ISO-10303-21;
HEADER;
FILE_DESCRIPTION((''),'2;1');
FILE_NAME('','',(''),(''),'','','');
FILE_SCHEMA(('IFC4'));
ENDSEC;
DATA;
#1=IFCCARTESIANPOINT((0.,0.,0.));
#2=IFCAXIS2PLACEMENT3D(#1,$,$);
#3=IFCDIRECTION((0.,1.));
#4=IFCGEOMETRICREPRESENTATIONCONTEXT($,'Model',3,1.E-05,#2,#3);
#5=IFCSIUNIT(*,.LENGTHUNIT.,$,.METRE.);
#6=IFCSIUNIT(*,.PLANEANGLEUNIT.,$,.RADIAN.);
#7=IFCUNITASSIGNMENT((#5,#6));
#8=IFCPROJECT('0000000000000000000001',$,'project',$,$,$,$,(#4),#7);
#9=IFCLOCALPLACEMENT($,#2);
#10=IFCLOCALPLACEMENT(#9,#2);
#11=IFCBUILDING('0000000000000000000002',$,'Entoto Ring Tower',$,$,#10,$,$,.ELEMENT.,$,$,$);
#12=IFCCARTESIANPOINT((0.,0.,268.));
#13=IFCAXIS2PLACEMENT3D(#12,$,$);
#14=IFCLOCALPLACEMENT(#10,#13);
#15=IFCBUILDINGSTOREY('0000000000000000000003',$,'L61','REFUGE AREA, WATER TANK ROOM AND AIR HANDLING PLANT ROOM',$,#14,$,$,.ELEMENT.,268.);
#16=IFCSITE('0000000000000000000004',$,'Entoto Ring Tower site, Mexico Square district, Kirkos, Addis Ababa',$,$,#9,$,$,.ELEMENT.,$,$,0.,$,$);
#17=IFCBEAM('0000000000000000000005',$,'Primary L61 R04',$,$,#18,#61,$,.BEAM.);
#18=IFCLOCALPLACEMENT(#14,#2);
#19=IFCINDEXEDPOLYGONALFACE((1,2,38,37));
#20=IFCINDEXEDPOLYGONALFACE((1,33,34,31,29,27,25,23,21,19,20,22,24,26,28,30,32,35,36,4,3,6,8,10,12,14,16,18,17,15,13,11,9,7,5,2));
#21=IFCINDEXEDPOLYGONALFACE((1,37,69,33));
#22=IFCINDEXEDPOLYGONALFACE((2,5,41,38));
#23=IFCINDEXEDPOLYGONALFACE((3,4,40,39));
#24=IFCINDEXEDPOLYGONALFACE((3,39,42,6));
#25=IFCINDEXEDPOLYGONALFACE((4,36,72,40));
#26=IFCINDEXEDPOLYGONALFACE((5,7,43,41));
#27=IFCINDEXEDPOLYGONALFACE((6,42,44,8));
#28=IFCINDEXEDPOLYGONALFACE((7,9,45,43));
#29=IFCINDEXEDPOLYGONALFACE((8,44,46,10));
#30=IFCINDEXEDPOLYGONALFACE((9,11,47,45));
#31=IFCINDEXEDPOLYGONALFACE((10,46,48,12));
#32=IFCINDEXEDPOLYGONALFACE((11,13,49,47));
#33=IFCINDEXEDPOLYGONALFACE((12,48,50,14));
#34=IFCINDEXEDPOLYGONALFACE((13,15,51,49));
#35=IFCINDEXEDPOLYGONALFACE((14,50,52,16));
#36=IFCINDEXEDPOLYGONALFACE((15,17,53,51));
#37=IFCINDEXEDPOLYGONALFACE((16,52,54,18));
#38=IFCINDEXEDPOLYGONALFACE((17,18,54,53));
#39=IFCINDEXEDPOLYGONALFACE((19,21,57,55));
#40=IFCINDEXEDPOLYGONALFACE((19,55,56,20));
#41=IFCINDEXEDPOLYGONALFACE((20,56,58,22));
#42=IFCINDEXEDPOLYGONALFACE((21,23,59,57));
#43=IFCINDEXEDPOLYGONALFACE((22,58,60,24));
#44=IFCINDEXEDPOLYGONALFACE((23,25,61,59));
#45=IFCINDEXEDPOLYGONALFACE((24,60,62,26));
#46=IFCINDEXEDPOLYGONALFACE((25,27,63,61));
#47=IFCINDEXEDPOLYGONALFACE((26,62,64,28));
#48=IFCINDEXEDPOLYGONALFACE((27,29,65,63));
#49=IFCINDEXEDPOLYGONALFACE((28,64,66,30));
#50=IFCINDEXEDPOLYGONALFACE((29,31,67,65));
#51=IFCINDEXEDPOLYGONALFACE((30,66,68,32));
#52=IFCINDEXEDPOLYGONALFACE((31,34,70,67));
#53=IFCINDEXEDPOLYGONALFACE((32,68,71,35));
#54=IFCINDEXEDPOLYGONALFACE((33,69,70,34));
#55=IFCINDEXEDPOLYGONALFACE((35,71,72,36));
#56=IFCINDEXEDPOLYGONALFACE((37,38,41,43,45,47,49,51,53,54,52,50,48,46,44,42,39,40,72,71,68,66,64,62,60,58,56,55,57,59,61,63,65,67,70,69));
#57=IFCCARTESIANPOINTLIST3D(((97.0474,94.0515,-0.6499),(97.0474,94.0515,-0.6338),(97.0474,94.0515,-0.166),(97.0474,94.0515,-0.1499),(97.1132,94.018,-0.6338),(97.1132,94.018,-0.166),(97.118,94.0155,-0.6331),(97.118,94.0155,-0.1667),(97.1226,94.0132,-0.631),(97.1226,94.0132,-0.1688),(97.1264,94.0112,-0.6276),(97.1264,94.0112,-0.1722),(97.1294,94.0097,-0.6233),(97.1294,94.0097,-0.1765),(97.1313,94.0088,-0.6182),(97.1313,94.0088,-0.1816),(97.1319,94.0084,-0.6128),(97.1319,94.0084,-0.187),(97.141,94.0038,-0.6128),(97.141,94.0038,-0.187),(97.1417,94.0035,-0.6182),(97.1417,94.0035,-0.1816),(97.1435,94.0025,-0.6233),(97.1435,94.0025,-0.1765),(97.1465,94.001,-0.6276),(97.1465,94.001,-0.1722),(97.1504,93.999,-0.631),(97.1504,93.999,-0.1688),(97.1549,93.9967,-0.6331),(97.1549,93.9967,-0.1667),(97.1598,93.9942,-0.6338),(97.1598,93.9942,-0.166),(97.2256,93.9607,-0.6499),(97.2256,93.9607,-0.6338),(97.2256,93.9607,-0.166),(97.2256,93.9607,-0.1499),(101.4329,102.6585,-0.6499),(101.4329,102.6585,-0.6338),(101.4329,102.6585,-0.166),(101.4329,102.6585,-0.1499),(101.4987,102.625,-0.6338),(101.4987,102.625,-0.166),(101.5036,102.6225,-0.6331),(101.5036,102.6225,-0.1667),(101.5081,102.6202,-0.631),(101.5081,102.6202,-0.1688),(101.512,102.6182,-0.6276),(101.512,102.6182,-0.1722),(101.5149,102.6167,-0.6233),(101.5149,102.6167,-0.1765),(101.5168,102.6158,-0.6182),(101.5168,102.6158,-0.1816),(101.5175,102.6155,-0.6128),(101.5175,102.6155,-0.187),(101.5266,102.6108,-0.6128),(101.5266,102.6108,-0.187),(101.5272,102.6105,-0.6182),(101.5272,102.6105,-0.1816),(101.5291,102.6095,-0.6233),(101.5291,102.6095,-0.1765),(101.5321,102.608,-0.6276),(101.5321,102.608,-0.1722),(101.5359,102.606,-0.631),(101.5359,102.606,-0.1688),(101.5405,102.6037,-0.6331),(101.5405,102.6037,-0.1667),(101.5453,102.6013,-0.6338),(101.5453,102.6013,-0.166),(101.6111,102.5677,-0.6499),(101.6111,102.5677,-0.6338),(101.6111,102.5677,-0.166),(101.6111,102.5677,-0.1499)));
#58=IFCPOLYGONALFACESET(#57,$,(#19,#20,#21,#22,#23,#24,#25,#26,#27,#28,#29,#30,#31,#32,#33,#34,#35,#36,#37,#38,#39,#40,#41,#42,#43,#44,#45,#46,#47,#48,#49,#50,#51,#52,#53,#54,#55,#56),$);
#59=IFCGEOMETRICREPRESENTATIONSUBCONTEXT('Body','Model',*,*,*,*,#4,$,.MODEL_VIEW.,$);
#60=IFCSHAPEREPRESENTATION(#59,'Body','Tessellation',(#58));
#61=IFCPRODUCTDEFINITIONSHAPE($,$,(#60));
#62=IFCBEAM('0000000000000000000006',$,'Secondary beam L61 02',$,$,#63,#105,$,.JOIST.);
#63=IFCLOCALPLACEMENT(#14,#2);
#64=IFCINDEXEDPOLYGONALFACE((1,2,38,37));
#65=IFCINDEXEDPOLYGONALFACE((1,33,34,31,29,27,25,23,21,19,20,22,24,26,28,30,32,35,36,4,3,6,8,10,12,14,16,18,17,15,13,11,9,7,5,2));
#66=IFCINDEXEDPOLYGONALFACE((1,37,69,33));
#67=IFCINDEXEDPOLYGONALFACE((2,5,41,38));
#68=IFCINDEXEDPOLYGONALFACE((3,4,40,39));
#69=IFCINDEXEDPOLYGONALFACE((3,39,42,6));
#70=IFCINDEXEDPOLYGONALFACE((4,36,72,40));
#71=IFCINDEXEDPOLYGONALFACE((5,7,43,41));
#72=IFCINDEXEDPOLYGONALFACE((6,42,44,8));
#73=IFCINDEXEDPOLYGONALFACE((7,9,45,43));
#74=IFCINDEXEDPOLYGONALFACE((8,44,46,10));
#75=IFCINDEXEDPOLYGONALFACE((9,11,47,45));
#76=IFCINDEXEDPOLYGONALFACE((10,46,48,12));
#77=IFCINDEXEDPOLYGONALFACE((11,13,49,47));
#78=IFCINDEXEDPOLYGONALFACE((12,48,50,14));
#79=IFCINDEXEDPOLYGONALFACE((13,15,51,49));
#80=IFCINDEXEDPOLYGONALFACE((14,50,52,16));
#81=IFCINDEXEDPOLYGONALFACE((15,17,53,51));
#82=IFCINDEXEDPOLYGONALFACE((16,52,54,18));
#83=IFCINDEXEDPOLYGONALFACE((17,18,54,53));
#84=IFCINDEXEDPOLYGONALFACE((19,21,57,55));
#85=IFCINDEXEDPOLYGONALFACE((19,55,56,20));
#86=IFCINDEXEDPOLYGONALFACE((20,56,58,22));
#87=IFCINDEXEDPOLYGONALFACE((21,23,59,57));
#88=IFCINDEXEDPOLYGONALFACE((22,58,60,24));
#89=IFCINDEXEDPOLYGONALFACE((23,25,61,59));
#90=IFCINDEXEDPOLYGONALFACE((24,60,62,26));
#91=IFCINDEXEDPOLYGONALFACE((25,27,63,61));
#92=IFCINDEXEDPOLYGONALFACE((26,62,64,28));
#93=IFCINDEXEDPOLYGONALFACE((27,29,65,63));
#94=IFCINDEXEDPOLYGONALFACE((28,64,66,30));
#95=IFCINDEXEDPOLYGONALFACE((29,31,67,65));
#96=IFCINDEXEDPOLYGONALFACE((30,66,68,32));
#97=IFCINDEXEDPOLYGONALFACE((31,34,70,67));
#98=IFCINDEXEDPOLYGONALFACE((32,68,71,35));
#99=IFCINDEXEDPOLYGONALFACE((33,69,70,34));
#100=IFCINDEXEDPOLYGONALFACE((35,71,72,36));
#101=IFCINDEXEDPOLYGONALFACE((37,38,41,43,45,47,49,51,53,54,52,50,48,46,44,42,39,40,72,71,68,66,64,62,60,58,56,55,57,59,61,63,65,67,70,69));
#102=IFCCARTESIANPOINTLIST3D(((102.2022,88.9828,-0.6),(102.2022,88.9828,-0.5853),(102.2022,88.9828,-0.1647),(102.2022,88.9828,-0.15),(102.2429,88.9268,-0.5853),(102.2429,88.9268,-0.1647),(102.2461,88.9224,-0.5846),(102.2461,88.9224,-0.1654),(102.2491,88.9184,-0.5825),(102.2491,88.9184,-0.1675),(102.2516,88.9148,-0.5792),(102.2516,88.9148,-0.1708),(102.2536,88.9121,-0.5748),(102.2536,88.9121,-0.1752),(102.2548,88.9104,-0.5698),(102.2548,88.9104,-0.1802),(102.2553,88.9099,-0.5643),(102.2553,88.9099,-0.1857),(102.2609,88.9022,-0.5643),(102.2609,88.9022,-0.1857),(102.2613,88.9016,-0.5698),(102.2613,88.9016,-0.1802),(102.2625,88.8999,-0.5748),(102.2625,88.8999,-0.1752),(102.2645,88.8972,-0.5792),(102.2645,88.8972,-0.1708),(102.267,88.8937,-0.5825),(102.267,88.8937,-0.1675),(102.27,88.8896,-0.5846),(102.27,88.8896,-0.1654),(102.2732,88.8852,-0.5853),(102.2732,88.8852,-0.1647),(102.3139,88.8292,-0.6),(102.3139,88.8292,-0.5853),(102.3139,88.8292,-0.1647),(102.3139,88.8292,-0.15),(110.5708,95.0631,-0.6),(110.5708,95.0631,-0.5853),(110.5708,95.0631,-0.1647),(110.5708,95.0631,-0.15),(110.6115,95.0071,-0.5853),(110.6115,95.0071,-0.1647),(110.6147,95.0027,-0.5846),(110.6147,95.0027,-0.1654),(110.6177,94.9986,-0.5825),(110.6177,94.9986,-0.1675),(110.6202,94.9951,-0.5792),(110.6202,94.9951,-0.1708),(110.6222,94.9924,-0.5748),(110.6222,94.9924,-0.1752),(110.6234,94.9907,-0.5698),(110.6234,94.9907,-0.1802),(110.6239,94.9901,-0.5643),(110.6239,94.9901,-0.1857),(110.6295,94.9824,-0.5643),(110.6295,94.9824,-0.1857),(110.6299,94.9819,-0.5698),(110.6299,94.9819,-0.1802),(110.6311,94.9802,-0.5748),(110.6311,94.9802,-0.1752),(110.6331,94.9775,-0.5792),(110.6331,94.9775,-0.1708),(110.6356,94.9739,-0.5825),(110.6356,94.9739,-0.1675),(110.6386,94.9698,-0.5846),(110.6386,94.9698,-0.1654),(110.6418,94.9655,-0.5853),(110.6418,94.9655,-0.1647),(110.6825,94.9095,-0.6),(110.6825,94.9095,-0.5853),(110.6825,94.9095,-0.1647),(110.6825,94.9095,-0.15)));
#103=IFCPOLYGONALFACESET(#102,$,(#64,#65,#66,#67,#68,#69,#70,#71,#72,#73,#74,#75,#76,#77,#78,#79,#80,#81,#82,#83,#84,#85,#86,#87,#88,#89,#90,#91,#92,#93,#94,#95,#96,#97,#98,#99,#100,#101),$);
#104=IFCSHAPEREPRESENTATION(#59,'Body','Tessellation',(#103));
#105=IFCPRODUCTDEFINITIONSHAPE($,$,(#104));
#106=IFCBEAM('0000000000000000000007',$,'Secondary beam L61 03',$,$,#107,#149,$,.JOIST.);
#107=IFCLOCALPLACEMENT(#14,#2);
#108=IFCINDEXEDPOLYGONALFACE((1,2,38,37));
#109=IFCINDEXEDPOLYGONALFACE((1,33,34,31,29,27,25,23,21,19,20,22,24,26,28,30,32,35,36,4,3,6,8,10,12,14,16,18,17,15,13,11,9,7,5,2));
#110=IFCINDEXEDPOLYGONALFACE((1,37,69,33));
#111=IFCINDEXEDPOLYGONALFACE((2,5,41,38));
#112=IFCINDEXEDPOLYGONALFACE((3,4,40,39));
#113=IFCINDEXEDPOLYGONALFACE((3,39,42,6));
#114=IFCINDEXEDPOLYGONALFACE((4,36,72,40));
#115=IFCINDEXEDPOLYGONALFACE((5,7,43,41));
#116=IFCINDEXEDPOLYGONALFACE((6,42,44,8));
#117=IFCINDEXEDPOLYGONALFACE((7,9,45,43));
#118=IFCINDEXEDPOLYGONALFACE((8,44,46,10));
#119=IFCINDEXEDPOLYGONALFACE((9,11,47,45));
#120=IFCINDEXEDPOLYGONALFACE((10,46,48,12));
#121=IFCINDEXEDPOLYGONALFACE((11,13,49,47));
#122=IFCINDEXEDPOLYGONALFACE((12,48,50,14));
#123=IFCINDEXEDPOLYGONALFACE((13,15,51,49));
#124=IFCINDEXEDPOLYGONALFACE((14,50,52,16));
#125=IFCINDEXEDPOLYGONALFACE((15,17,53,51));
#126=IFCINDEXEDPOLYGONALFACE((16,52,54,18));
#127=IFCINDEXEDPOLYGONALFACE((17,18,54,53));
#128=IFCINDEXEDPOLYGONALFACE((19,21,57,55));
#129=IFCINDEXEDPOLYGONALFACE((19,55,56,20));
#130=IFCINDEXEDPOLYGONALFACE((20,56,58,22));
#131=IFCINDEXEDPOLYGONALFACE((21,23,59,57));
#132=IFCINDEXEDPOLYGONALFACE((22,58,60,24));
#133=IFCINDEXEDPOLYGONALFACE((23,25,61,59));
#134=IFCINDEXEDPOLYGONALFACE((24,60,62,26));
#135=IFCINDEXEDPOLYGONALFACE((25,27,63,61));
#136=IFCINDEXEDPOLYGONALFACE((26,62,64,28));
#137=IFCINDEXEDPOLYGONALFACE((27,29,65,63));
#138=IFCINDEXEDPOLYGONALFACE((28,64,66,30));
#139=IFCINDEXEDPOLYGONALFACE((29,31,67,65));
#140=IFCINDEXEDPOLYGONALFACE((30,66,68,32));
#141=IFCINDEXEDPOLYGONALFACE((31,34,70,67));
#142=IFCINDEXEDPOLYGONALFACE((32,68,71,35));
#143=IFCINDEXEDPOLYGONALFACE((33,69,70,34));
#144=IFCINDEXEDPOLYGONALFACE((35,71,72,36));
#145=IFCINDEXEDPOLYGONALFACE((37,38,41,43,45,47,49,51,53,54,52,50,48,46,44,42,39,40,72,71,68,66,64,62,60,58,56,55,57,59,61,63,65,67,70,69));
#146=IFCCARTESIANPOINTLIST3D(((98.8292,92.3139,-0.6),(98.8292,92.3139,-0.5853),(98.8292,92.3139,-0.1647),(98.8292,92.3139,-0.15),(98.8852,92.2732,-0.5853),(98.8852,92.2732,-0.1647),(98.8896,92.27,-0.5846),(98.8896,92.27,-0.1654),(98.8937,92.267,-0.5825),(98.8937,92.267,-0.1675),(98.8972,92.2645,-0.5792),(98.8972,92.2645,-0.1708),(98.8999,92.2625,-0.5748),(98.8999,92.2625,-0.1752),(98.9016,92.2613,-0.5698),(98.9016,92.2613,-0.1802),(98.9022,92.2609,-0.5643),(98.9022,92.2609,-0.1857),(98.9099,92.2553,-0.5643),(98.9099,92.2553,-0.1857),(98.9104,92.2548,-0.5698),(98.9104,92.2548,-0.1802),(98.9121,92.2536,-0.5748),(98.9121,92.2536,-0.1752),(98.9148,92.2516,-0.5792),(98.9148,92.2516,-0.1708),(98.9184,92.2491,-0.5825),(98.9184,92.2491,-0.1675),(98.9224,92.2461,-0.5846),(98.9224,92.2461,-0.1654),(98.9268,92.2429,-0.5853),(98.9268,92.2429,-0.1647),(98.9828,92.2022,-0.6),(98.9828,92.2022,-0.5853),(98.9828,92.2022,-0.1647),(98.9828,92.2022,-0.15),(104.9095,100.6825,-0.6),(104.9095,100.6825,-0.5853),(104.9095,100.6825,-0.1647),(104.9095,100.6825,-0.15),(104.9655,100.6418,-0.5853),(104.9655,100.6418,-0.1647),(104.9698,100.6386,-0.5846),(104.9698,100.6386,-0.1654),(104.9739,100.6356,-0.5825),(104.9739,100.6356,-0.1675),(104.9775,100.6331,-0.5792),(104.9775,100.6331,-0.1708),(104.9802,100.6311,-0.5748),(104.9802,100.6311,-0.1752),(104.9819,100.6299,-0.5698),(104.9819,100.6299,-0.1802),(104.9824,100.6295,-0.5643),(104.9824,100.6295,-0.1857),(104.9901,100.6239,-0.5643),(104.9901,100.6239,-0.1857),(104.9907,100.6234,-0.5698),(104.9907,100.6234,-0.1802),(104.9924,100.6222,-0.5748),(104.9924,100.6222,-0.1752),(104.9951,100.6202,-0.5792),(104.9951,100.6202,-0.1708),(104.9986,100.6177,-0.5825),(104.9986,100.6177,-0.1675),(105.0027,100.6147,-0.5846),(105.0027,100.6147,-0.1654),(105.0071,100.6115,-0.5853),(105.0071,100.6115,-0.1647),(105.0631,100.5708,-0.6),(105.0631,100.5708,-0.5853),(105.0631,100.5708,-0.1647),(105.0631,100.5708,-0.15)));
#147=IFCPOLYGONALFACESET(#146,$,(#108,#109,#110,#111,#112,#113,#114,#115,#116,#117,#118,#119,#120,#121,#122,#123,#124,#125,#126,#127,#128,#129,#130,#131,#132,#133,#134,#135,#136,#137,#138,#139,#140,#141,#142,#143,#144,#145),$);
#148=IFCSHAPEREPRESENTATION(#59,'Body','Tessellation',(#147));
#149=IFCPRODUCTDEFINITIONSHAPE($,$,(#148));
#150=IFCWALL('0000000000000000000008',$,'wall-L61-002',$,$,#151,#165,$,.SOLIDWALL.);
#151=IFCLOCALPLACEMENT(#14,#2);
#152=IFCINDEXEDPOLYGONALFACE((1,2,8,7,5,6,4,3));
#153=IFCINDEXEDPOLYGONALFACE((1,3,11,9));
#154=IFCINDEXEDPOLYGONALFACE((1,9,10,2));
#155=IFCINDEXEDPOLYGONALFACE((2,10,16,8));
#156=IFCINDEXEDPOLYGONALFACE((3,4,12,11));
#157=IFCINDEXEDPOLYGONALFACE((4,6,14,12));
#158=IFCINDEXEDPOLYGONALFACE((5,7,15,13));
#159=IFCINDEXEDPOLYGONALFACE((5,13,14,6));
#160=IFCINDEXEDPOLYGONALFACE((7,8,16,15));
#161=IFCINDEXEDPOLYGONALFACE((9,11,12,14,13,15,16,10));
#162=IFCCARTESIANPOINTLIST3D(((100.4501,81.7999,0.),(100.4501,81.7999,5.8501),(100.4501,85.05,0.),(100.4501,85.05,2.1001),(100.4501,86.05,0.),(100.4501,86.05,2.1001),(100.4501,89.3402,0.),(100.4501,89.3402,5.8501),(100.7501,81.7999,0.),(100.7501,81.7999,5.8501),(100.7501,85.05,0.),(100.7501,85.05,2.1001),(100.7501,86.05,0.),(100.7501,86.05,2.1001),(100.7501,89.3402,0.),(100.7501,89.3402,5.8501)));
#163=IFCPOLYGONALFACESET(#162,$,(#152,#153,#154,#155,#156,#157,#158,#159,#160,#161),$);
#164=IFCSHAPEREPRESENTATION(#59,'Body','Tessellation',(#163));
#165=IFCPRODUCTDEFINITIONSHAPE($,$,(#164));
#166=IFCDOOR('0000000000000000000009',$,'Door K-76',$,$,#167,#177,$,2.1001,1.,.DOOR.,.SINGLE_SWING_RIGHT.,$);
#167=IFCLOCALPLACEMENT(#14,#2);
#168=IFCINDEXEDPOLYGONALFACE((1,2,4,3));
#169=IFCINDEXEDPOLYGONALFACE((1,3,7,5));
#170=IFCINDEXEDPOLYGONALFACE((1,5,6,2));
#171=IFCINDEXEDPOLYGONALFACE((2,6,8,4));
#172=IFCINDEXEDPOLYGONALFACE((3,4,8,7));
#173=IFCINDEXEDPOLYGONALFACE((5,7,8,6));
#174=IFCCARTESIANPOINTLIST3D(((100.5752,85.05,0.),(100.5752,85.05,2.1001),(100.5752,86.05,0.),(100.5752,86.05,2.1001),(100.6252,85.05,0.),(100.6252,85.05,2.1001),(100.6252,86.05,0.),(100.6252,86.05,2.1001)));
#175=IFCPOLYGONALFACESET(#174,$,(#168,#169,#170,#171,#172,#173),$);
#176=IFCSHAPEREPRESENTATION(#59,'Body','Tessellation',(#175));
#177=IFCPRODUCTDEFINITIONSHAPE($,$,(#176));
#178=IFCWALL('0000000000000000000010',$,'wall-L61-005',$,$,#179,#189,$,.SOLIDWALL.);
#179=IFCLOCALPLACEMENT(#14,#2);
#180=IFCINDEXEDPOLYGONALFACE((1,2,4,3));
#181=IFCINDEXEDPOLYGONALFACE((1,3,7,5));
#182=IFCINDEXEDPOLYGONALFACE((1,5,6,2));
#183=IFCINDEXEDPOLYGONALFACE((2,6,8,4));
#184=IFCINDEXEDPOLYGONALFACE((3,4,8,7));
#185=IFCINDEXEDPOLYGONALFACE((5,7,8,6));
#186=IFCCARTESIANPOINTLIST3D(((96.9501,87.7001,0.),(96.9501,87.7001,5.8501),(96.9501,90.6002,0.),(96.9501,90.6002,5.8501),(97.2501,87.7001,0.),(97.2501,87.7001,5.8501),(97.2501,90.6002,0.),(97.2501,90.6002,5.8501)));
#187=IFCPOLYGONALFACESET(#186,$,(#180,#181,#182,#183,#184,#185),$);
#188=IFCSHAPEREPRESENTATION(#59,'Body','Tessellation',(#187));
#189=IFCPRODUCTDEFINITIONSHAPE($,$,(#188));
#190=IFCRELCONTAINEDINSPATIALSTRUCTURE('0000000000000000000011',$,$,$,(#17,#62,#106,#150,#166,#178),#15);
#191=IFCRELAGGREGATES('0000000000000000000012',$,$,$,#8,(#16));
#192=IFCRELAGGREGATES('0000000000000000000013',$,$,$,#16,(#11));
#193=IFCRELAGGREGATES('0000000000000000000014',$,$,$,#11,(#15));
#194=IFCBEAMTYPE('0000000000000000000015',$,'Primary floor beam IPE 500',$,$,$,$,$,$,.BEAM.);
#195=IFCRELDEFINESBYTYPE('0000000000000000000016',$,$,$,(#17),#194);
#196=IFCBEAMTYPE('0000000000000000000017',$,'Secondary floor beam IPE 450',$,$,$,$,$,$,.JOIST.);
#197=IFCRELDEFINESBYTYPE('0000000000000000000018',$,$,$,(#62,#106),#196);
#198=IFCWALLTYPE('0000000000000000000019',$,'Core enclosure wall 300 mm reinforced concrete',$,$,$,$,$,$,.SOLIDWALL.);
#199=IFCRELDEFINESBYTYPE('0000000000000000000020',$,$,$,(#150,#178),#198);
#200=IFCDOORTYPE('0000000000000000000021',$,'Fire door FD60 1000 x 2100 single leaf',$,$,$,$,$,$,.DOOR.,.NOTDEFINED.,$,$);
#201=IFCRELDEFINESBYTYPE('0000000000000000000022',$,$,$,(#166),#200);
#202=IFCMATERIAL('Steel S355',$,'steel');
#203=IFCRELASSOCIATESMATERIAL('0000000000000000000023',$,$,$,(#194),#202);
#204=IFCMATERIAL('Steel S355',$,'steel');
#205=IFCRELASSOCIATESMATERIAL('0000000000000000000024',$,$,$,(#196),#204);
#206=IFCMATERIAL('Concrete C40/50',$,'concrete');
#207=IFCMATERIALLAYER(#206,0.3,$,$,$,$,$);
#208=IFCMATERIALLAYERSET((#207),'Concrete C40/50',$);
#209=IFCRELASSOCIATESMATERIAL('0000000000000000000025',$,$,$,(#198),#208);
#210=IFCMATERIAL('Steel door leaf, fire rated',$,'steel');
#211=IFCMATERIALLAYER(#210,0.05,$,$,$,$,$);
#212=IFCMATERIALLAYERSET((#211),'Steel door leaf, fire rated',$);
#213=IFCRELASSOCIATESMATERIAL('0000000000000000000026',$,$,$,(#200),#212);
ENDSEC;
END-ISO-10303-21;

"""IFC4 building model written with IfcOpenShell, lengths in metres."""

from ifc_helpers import new_model, si_unit, direction, frame, frame_2d, origin, origin_2d, place, context, subcontext, project, spatial, rectangle, i_section, extrude, material, layer, layer_set, material_profile, profile_set, type_object, element, fill, save


model = new_model("IFC4")

# Units and contexts
model_context = context("Model", 3, precision=1e-05, world=origin(), true_north=direction((0.0, 1.0)))
body_context = subcontext(model_context, "Body", "Model", "MODEL_VIEW")
ifc_project = project(units=[si_unit("LENGTHUNIT", "METRE"), si_unit("PLANEANGLEUNIT", "RADIAN")], contexts=[model_context])

# Site, building, storey
site_placement = place(None, origin())
site = spatial("IfcSite", under=ifc_project, at=site_placement, Name="Entoto Ring Tower site, Mexico Square district, Kirkos, Addis Ababa", CompositionType="ELEMENT", RefElevation=0.0)
building_placement = place(site_placement, origin())
building = spatial("IfcBuilding", under=site, at=building_placement, Name="Entoto Ring Tower", CompositionType="ELEMENT")
storey_placement = place(building_placement, frame((0.0, 0.0, 268.0)))
storey = spatial("IfcBuildingStorey", under=building, at=storey_placement, Name="L61", Description="REFUGE AREA, WATER TANK ROOM AND AIR HANDLING PLANT ROOM", CompositionType="ELEMENT", Elevation=268.0)

# Beams
ifc_material_1 = material(Name="Steel S355", Category="steel")
ifc_material_profile_1 = material_profile(ifc_material_1, i_section(OverallWidth=0.2, OverallDepth=0.5, WebThickness=0.0103, FlangeThickness=0.0161, FilletRadius=0.021, at=origin_2d()), Name="IPE 500")
ifc_profile_set_1 = profile_set([ifc_material_profile_1], Name="Steel S355")
beam_type_1 = type_object("IfcBeamType", Name="Primary floor beam IPE 500", PredefinedType="BEAM", material=ifc_profile_set_1)
beam_1_placement = place(storey_placement, frame((97.1365, 94.0061, -0.3999), z_axis=(0.453994, 0.891005, 0.0), x_axis=(-0.891005, 0.453994, 0.0)))
element("IfcBeam", 1, at=beam_1_placement, inside=storey, type_object=beam_type_1, Name="Primary L61 R04", PredefinedType="BEAM", context=body_context, shape_type="SweptSolid", body=[
    extrude(i_section(OverallWidth=0.2, OverallDepth=0.5, WebThickness=0.0103, FlangeThickness=0.0161, FilletRadius=0.021, at=origin_2d()), origin(), (0.0, 0.0, 1.0), 9.6599),
])
ifc_material_2 = material(Name="Steel S355", Category="steel")
ifc_material_profile_2 = material_profile(ifc_material_2, i_section(OverallWidth=0.1899, OverallDepth=0.45, WebThickness=0.0095, FlangeThickness=0.0146, FilletRadius=0.021, at=origin_2d()), Name="IPE 450")
ifc_profile_set_2 = profile_set([ifc_material_profile_2], Name="Steel S355")
beam_type_2 = type_object("IfcBeamType", Name="Secondary floor beam IPE 450", PredefinedType="JOIST", material=ifc_profile_set_2)
for number, where, z_axis, x_axis, name in (
    (2, (102.2581, 88.906, -0.375), (0.809011, 0.587794, 0.0), (-0.587794, 0.809011, 0.0), "Secondary beam L61 02"),
    (3, (98.906, 92.2581, -0.375), (0.587794, 0.809011, 0.0), (-0.809011, 0.587794, 0.0), "Secondary beam L61 03"),
):
    element("IfcBeam", number, at=place(storey_placement, frame(where, z_axis=z_axis, x_axis=x_axis)), inside=storey, type_object=beam_type_2, Name=name, PredefinedType="JOIST", context=body_context, shape_type="SweptSolid", body=[
        extrude(i_section(OverallWidth=0.1899, OverallDepth=0.45, WebThickness=0.0095, FlangeThickness=0.0146, FilletRadius=0.021, at=origin_2d()), origin(), (0.0, 0.0, 1.0), 10.3442),
    ])

# Wall, opening, door
ifc_material_3 = material(Name="Concrete C40/50", Category="concrete")
ifc_layer_1 = layer(ifc_material_3, 0.3)
ifc_layer_set_1 = layer_set([ifc_layer_1], Name="Concrete C40/50")
wall_type = type_object("IfcWallType", Name="Core enclosure wall 300 mm reinforced concrete", PredefinedType="SOLIDWALL", material=ifc_layer_set_1)
wall_1_placement = place(storey_placement, frame((100.6001, 81.8, 0.0), z_axis=(0.0, 0.0, 1.0), x_axis=(0.0, 1.0, 0.0)))
wall_1 = element("IfcWall", 4, at=wall_1_placement, inside=storey, type_object=wall_type, Name="wall-L61-002", PredefinedType="SOLIDWALL", context=body_context, shape_type="SweptSolid", body=[
    extrude(rectangle(XDim=7.5403, YDim=0.3, at=frame_2d((3.77, 0.0))), origin(), (0.0, 0.0, 1.0), 5.8501),
])
opening_placement = place(wall_1_placement, frame((3.25, 0.0, 0.0)))
opening = element("IfcOpeningElement", 5, at=opening_placement, cuts=wall_1, PredefinedType="OPENING", context=body_context, shape_type="SweptSolid", body=[
    extrude(rectangle(XDim=1.0, YDim=2.1001, at=frame_2d((0.5, 1.05))), frame((0.0, 0.1602, 0.0), z_axis=(0.0, -1.0, 0.0), x_axis=(1.0, 0.0, 0.0)), (0.0, 0.0, 1.0), 0.3201),
])
ifc_material_4 = material(Name="Steel door leaf, fire rated", Category="steel")
ifc_layer_2 = layer(ifc_material_4, 0.05)
ifc_layer_set_2 = layer_set([ifc_layer_2], Name="Steel door leaf, fire rated")
door_type = type_object("IfcDoorType", Name="Fire door FD60 1000 x 2100 single leaf", OperationType="NOTDEFINED", PredefinedType="DOOR", material=ifc_layer_set_2)
door_placement = place(opening_placement, origin())
door = element("IfcDoor", 6, at=door_placement, inside=storey, type_object=door_type, Name="Door K-76", OperationType="SINGLE_SWING_RIGHT", OverallHeight=2.1001, OverallWidth=1.0, PredefinedType="DOOR", context=body_context, shape_type="SweptSolid", body=[
    extrude(rectangle(XDim=1.0, YDim=2.1001, at=frame_2d((0.5, 1.05))), frame((0.0, 0.0249, 0.0), z_axis=(0.0, -1.0, 0.0), x_axis=(1.0, 0.0, 0.0)), (0.0, 0.0, 1.0), 0.05),
])
fill(opening, door)

# Wall
wall_2_placement = place(storey_placement, frame((97.1001, 87.7, 0.0), z_axis=(0.0, 0.0, 1.0), x_axis=(0.0, 1.0, 0.0)))
element("IfcWall", 7, at=wall_2_placement, inside=storey, type_object=wall_type, Name="wall-L61-005", PredefinedType="SOLIDWALL", context=body_context, shape_type="SweptSolid", body=[
    extrude(rectangle(XDim=2.9001, YDim=0.3, at=frame_2d((1.4502, 0.0))), origin(), (0.0, 0.0, 1.0), 5.8501),
])

save(model, "model.ifc")
